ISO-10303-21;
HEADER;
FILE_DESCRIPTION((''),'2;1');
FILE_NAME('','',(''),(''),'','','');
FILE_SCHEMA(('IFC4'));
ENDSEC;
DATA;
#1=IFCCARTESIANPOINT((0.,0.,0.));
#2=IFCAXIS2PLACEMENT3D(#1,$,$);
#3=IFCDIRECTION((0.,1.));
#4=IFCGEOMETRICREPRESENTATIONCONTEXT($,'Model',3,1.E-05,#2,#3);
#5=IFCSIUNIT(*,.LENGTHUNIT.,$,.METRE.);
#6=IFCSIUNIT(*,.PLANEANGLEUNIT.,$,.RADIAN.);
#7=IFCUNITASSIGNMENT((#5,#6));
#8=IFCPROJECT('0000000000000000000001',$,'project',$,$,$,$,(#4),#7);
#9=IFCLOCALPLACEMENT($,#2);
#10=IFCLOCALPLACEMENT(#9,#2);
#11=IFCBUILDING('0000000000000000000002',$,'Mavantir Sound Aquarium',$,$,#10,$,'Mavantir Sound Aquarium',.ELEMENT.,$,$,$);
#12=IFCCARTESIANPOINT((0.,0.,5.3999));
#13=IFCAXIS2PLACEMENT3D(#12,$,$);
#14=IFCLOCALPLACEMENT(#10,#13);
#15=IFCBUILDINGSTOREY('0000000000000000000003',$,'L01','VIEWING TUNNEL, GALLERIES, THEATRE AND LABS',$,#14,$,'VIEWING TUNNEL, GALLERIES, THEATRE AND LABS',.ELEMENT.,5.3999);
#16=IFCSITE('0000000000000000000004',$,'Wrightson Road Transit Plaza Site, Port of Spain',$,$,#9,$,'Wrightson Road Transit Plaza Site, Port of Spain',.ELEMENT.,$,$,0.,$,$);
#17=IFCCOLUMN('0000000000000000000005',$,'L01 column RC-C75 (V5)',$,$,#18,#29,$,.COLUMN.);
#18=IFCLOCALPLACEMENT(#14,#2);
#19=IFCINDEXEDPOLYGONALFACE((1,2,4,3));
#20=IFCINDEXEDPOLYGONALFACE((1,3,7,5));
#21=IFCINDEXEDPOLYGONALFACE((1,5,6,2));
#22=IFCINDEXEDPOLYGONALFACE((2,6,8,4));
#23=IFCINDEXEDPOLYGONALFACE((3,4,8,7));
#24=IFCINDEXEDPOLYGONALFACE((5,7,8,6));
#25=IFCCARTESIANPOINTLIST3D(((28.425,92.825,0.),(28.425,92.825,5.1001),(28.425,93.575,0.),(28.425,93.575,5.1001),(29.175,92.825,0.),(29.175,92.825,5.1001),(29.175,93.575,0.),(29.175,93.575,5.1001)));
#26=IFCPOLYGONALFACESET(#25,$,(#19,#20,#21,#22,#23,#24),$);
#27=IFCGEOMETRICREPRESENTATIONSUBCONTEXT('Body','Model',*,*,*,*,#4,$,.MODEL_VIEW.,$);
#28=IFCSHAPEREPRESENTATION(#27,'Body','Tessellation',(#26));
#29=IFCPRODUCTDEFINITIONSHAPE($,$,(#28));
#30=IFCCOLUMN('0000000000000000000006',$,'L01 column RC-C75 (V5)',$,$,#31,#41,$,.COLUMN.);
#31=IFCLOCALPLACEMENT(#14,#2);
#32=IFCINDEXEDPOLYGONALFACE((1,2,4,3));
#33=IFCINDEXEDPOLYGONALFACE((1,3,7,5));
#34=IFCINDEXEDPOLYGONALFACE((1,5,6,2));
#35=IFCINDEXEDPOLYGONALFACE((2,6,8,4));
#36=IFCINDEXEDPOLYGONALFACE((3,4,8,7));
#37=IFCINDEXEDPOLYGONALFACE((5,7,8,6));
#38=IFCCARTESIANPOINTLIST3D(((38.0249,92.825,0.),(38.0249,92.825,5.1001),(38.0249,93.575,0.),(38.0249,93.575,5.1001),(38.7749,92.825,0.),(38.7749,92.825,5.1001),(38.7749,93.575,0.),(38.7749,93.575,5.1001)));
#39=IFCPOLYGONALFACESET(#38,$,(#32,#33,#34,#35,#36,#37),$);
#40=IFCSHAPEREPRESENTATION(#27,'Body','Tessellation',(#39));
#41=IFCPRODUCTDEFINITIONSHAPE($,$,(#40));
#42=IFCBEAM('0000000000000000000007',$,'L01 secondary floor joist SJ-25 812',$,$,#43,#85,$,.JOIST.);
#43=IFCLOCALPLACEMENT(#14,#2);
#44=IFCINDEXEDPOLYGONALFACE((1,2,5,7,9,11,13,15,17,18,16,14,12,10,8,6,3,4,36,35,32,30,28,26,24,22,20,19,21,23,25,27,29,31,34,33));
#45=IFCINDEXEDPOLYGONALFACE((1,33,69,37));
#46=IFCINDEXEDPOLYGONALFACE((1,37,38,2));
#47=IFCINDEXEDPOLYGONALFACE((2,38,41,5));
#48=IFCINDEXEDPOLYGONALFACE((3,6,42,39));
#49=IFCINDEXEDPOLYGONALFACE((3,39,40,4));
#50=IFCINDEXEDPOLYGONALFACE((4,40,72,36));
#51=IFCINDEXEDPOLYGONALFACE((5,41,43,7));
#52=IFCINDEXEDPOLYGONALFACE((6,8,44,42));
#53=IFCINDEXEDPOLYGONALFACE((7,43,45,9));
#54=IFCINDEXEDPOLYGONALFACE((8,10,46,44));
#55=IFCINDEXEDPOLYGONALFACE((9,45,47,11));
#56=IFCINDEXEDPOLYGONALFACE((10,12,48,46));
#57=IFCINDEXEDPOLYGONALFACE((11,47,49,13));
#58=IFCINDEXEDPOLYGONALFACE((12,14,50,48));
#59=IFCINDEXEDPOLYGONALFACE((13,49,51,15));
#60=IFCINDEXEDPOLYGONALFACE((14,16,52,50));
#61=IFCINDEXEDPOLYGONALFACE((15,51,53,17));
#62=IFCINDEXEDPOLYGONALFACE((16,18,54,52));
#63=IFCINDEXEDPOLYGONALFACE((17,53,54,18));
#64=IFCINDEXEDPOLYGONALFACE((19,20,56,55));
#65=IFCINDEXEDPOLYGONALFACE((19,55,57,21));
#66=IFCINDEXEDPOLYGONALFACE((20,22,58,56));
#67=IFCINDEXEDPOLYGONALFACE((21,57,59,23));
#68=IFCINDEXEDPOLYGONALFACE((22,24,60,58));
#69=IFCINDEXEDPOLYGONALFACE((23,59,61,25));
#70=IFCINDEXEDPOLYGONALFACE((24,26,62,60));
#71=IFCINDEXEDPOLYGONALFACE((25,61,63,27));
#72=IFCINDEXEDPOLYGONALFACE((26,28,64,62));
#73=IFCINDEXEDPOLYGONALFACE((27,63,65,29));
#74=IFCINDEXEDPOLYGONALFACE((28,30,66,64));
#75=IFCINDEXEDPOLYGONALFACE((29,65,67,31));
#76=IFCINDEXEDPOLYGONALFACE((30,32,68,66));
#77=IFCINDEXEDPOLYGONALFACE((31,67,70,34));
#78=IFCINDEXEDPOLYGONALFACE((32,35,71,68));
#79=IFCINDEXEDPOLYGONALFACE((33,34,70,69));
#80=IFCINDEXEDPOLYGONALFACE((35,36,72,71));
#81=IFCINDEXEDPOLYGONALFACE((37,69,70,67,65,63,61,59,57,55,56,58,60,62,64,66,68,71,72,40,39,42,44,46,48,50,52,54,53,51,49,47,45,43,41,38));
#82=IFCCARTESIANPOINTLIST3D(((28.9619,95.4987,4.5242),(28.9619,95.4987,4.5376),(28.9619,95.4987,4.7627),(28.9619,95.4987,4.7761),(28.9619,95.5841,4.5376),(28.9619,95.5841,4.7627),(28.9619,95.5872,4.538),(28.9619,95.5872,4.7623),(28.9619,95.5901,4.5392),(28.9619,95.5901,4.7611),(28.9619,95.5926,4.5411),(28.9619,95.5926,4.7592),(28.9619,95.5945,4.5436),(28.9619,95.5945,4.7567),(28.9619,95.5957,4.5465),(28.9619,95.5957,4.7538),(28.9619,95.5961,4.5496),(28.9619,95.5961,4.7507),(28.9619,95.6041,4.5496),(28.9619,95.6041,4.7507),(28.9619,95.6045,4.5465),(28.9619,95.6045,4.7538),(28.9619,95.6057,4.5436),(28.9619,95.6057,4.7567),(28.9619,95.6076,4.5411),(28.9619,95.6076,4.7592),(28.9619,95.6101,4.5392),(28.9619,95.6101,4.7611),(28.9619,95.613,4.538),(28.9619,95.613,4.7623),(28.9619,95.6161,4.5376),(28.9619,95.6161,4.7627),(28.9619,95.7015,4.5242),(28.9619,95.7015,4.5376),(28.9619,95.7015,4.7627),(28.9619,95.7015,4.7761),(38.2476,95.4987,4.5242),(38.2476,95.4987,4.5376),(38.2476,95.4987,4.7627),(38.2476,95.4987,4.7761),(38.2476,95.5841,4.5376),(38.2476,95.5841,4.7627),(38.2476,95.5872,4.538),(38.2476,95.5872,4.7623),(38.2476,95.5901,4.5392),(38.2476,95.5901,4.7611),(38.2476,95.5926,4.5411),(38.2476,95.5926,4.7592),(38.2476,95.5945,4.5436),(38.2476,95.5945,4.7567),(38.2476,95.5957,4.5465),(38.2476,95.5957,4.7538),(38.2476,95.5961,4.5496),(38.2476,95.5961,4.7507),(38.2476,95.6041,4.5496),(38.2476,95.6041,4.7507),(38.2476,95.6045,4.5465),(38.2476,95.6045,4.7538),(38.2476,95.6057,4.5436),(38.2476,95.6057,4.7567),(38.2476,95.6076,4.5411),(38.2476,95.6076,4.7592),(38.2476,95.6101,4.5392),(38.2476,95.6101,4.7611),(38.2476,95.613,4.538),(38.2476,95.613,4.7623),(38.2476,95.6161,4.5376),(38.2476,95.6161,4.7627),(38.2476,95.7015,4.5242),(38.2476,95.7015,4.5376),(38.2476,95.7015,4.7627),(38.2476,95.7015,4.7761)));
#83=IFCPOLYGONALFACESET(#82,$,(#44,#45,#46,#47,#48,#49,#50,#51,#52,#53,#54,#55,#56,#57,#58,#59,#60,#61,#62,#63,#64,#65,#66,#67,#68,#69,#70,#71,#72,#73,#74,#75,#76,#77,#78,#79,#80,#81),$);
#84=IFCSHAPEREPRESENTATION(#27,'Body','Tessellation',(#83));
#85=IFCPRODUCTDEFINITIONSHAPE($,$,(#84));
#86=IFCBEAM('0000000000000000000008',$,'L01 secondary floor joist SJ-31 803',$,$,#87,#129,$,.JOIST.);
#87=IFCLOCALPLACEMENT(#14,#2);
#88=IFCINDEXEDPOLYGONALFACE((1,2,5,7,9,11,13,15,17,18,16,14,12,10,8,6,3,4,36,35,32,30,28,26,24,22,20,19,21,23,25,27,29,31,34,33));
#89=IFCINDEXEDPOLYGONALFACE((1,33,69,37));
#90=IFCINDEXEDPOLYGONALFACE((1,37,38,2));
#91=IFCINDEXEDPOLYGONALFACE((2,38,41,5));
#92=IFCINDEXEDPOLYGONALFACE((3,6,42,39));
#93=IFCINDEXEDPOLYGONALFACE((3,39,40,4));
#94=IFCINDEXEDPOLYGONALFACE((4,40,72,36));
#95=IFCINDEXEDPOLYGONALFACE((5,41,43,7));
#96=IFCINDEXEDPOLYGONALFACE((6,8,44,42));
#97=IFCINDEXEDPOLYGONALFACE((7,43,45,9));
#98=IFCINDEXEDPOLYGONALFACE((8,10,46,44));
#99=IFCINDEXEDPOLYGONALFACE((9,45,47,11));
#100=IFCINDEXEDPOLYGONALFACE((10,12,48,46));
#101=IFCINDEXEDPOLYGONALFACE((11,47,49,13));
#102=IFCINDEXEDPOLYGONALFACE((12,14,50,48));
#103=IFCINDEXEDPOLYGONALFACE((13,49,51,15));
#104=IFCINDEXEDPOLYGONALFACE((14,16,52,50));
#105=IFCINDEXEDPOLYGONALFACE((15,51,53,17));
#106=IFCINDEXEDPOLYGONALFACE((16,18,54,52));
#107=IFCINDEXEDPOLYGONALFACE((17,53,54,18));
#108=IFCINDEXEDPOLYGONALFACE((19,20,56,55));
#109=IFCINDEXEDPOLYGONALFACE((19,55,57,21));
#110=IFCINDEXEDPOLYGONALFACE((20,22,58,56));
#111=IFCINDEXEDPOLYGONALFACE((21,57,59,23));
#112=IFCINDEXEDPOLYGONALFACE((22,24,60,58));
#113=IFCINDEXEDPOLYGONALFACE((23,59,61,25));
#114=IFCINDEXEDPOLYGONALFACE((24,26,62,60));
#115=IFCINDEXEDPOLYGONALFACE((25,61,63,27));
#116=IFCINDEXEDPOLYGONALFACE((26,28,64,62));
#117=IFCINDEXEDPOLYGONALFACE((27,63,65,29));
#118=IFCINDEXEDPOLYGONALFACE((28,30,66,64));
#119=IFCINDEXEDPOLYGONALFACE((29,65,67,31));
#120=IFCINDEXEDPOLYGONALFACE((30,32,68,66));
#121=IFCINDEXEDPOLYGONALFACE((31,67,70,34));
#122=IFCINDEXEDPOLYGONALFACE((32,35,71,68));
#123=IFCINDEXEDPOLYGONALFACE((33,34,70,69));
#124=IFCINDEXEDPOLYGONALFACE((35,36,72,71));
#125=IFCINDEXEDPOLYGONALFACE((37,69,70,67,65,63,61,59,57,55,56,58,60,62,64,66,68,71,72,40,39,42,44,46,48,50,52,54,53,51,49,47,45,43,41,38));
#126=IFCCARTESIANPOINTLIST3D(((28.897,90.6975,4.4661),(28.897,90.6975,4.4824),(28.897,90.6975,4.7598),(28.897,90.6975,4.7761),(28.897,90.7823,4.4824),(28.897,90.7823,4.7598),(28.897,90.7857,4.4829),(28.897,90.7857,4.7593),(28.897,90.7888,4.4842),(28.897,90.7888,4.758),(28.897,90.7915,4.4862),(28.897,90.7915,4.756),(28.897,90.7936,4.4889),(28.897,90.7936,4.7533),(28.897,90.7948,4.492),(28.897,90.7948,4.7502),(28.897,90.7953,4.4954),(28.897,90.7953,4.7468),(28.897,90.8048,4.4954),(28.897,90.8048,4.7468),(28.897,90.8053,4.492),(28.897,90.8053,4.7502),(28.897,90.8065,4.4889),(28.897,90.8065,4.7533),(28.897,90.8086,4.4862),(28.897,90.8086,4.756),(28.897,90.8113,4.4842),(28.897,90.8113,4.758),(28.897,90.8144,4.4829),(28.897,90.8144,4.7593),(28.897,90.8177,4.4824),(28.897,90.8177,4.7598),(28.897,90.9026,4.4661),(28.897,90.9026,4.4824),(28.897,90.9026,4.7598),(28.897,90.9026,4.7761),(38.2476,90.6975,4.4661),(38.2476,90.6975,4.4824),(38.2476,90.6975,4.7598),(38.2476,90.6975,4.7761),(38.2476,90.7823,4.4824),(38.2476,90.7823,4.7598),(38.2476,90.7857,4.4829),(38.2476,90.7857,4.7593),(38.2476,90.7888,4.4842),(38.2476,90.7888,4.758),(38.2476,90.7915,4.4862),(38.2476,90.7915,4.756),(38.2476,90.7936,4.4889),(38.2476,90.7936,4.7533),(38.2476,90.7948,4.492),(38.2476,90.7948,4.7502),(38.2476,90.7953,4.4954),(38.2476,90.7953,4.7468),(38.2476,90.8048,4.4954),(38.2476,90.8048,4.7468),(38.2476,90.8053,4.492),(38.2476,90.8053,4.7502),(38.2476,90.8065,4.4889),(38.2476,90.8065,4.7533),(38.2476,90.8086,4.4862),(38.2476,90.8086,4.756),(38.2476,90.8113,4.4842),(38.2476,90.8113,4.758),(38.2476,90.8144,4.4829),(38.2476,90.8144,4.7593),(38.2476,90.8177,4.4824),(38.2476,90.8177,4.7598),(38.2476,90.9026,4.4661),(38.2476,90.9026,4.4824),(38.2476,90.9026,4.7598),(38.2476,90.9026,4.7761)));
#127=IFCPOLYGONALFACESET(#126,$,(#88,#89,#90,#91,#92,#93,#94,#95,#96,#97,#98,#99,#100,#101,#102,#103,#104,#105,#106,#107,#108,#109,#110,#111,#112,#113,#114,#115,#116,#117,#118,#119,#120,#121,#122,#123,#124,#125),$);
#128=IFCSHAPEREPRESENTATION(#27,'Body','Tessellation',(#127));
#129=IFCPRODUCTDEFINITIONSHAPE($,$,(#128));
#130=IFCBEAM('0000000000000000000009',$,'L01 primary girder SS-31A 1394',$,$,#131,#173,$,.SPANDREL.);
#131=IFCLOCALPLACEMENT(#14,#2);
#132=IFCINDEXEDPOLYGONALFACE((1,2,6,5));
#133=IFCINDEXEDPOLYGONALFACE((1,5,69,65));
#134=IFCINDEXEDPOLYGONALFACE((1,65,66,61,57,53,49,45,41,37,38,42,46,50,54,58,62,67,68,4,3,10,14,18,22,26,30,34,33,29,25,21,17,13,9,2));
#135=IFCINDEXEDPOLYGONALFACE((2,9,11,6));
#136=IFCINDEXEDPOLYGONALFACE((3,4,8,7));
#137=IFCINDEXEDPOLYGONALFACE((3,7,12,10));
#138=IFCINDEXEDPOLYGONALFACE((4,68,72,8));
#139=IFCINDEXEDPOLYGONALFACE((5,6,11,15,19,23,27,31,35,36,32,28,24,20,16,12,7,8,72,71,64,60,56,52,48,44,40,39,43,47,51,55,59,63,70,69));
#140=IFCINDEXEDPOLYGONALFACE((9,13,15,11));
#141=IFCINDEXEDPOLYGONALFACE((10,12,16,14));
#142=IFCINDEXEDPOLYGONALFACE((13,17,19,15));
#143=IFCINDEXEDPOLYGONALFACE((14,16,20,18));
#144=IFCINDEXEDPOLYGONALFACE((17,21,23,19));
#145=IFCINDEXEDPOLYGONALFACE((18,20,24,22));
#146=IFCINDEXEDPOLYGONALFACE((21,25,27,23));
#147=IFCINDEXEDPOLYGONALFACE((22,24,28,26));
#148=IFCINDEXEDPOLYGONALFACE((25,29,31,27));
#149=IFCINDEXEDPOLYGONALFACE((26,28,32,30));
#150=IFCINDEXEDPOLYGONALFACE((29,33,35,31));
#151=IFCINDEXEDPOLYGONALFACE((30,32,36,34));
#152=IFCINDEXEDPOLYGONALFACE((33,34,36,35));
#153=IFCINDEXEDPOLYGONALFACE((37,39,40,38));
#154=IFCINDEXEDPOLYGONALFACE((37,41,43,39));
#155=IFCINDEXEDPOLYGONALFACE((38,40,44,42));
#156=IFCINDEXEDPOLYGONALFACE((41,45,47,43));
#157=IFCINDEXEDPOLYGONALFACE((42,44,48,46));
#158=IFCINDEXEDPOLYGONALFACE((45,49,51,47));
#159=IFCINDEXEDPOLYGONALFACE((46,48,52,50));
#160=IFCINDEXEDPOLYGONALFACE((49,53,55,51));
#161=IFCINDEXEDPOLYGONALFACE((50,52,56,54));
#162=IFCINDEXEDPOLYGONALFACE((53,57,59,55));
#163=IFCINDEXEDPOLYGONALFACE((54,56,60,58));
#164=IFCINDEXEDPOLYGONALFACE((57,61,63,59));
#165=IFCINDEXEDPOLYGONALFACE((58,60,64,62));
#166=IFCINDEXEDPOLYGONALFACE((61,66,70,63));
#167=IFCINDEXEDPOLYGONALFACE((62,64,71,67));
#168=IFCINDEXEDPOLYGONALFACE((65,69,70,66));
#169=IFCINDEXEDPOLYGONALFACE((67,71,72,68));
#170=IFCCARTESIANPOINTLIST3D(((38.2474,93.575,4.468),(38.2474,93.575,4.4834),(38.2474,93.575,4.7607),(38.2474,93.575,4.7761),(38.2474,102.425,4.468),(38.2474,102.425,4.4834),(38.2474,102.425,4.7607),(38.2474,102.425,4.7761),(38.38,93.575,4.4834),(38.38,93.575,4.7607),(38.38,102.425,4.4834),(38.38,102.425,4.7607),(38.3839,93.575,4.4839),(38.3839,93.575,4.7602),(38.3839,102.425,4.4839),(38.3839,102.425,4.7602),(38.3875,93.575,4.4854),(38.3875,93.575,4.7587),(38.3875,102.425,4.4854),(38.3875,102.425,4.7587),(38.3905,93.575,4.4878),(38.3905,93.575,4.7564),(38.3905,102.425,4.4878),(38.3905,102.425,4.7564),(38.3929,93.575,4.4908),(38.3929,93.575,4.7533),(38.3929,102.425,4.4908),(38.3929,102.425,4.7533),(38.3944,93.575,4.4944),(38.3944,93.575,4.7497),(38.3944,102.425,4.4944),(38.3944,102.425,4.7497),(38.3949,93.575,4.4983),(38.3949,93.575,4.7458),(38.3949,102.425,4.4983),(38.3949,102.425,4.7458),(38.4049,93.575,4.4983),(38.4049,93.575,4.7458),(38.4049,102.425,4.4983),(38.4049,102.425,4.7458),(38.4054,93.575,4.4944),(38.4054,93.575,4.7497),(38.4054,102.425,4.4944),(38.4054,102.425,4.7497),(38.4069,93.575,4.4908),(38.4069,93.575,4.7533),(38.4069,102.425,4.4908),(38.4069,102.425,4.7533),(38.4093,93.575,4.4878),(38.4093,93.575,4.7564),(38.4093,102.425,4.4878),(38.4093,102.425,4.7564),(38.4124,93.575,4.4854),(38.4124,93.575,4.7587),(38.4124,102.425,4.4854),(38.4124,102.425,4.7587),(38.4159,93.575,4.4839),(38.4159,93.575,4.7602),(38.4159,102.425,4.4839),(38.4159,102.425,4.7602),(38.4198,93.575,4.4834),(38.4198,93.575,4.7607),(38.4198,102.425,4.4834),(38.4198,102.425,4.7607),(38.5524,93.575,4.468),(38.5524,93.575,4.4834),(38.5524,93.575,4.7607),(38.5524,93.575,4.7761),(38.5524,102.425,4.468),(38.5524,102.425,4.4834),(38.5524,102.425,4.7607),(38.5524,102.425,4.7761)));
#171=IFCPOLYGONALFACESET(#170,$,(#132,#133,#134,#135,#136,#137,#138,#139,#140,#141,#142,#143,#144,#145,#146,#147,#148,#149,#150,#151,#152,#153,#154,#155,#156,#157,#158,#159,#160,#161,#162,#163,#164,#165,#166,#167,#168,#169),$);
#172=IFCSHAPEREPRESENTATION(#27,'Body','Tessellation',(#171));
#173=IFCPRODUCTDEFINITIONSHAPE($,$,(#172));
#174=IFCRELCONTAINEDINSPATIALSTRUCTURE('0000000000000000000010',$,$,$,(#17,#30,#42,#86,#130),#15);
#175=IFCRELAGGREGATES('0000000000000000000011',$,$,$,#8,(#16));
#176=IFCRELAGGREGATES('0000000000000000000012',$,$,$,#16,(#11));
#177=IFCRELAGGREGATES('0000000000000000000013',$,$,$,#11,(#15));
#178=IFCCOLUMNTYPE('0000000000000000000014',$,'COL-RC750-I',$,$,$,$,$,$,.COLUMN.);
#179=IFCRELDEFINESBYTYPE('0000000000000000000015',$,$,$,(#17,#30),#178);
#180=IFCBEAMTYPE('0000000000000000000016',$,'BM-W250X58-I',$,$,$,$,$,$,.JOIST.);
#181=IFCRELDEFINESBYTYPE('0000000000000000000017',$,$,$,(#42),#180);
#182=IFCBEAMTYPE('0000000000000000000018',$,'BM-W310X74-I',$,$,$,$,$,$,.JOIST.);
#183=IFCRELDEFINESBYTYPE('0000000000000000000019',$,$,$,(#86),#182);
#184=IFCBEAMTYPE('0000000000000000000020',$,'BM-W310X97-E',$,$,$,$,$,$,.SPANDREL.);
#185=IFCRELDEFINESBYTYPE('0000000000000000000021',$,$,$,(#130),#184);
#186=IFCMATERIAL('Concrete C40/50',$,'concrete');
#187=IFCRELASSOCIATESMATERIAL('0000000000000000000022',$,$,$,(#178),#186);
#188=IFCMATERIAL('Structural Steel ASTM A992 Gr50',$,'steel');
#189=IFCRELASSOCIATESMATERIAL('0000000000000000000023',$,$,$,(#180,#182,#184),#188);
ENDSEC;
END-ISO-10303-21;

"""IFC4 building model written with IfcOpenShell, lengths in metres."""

from ifc_helpers import new_model, si_unit, direction, frame, origin, origin_2d, place, context, subcontext, project, spatial, rectangle, i_section, extrude, material, material_profile, profile_set, type_object, element, save


model = new_model("IFC4")

# Units and contexts
model_context = context("Model", 3, precision=1e-05, world=origin(), true_north=direction((0.0, 1.0)))
body_context = subcontext(model_context, "Body", "Model", "MODEL_VIEW")
ifc_project = project(units=[si_unit("LENGTHUNIT", "METRE"), si_unit("PLANEANGLEUNIT", "RADIAN")], contexts=[model_context])

# Site, building, storey
site_placement = place(None, origin())
site = spatial("IfcSite", under=ifc_project, at=site_placement, Name="Wrightson Road Transit Plaza Site, Port of Spain", LongName="Wrightson Road Transit Plaza Site, Port of Spain", CompositionType="ELEMENT", RefElevation=0.0)
building_placement = place(site_placement, origin())
building = spatial("IfcBuilding", under=site, at=building_placement, Name="Mavantir Sound Aquarium", LongName="Mavantir Sound Aquarium", CompositionType="ELEMENT")
storey_placement = place(building_placement, frame((0.0, 0.0, 5.3999)))
storey = spatial("IfcBuildingStorey", under=building, at=storey_placement, Name="L01", Description="VIEWING TUNNEL, GALLERIES, THEATRE AND LABS", LongName="VIEWING TUNNEL, GALLERIES, THEATRE AND LABS", CompositionType="ELEMENT", Elevation=5.3999)

# Columns
ifc_material_1 = material(Name="Concrete C40/50", Category="concrete")
ifc_material_profile_1 = material_profile(ifc_material_1, rectangle(XDim=0.75, YDim=0.75, at=origin_2d()), Name="RC 750X750")
ifc_profile_set_1 = profile_set([ifc_material_profile_1], Name="Concrete C40/50")
column_type = type_object("IfcColumnType", Name="COL-RC750-I", PredefinedType="COLUMN", material=ifc_profile_set_1)
for number, where, z_axis, x_axis, name in (
    (1, (28.8, 93.2, 0.0), (0.0, 0.0, 1.0), (1.0, 0.0, 0.0), "L01 column RC-C75 (V5)"),
    (2, (38.3999, 93.2, 0.0), (0.0, 0.0, 1.0), (1.0, 0.0, 0.0), "L01 column RC-C75 (V5)"),
):
    element("IfcColumn", number, at=place(storey_placement, frame(where, z_axis=z_axis, x_axis=x_axis)), inside=storey, type_object=column_type, Name=name, PredefinedType="COLUMN", context=body_context, shape_type="SweptSolid", body=[
        extrude(rectangle(XDim=0.75, YDim=0.75, at=origin_2d()), origin(), (0.0, 0.0, 1.0), 5.1001),
    ])

# Beams
ifc_material_2 = material(Name="Structural Steel ASTM A992 Gr50", Category="steel")
ifc_material_profile_2 = material_profile(ifc_material_2, i_section(OverallWidth=0.2029, OverallDepth=0.252, WebThickness=0.0081, FlangeThickness=0.0134, FilletRadius=0.012, at=origin_2d()), Name="W250X58")
ifc_profile_set_2 = profile_set([ifc_material_profile_2], Name="Structural Steel ASTM A992 Gr50")
beam_type_1 = type_object("IfcBeamType", Name="BM-W250X58-I", PredefinedType="JOIST", material=ifc_profile_set_2)
beam_1_placement = place(storey_placement, frame((28.9619, 95.6001, 4.6501), z_axis=(1.0, 0.0, 0.0), x_axis=(0.0, 1.0, 0.0)))
element("IfcBeam", 3, at=beam_1_placement, inside=storey, type_object=beam_type_1, Name="L01 secondary floor joist SJ-25 812", PredefinedType="JOIST", context=body_context, shape_type="SweptSolid", body=[
    extrude(i_section(OverallWidth=0.2029, OverallDepth=0.252, WebThickness=0.0081, FlangeThickness=0.0134, FilletRadius=0.012, at=origin_2d()), origin(), (0.0, 0.0, 1.0), 9.2856),
])
ifc_material_profile_3 = material_profile(ifc_material_2, i_section(OverallWidth=0.2051, OverallDepth=0.3101, WebThickness=0.0095, FlangeThickness=0.0164, FilletRadius=0.0129, at=origin_2d()), Name="W310X74")
ifc_profile_set_3 = profile_set([ifc_material_profile_3], Name="Structural Steel ASTM A992 Gr50")
beam_type_2 = type_object("IfcBeamType", Name="BM-W310X74-I", PredefinedType="JOIST", material=ifc_profile_set_3)
beam_2_placement = place(storey_placement, frame((28.897, 90.8, 4.6211), z_axis=(1.0, 0.0, 0.0), x_axis=(0.0, 1.0, 0.0)))
element("IfcBeam", 4, at=beam_2_placement, inside=storey, type_object=beam_type_2, Name="L01 secondary floor joist SJ-31 803", PredefinedType="JOIST", context=body_context, shape_type="SweptSolid", body=[
    extrude(i_section(OverallWidth=0.2051, OverallDepth=0.3101, WebThickness=0.0095, FlangeThickness=0.0164, FilletRadius=0.0129, at=origin_2d()), origin(), (0.0, 0.0, 1.0), 9.3506),
])
ifc_material_profile_4 = material_profile(ifc_material_2, i_section(OverallWidth=0.3049, OverallDepth=0.3081, WebThickness=0.01, FlangeThickness=0.0154, FilletRadius=0.0149, at=origin_2d()), Name="W310X97")
ifc_profile_set_4 = profile_set([ifc_material_profile_4], Name="Structural Steel ASTM A992 Gr50")
beam_type_3 = type_object("IfcBeamType", Name="BM-W310X97-E", PredefinedType="SPANDREL", material=ifc_profile_set_4)
beam_3_placement = place(storey_placement, frame((38.3999, 93.575, 4.6221), z_axis=(0.0, 1.0, 0.0), x_axis=(-1.0, 0.0, 0.0)))
element("IfcBeam", 5, at=beam_3_placement, inside=storey, type_object=beam_type_3, Name="L01 primary girder SS-31A 1394", PredefinedType="SPANDREL", context=body_context, shape_type="SweptSolid", body=[
    extrude(i_section(OverallWidth=0.3049, OverallDepth=0.3081, WebThickness=0.01, FlangeThickness=0.0154, FilletRadius=0.0149, at=origin_2d()), origin(), (0.0, 0.0, 1.0), 8.8501),
])

save(model, "model.ifc")
